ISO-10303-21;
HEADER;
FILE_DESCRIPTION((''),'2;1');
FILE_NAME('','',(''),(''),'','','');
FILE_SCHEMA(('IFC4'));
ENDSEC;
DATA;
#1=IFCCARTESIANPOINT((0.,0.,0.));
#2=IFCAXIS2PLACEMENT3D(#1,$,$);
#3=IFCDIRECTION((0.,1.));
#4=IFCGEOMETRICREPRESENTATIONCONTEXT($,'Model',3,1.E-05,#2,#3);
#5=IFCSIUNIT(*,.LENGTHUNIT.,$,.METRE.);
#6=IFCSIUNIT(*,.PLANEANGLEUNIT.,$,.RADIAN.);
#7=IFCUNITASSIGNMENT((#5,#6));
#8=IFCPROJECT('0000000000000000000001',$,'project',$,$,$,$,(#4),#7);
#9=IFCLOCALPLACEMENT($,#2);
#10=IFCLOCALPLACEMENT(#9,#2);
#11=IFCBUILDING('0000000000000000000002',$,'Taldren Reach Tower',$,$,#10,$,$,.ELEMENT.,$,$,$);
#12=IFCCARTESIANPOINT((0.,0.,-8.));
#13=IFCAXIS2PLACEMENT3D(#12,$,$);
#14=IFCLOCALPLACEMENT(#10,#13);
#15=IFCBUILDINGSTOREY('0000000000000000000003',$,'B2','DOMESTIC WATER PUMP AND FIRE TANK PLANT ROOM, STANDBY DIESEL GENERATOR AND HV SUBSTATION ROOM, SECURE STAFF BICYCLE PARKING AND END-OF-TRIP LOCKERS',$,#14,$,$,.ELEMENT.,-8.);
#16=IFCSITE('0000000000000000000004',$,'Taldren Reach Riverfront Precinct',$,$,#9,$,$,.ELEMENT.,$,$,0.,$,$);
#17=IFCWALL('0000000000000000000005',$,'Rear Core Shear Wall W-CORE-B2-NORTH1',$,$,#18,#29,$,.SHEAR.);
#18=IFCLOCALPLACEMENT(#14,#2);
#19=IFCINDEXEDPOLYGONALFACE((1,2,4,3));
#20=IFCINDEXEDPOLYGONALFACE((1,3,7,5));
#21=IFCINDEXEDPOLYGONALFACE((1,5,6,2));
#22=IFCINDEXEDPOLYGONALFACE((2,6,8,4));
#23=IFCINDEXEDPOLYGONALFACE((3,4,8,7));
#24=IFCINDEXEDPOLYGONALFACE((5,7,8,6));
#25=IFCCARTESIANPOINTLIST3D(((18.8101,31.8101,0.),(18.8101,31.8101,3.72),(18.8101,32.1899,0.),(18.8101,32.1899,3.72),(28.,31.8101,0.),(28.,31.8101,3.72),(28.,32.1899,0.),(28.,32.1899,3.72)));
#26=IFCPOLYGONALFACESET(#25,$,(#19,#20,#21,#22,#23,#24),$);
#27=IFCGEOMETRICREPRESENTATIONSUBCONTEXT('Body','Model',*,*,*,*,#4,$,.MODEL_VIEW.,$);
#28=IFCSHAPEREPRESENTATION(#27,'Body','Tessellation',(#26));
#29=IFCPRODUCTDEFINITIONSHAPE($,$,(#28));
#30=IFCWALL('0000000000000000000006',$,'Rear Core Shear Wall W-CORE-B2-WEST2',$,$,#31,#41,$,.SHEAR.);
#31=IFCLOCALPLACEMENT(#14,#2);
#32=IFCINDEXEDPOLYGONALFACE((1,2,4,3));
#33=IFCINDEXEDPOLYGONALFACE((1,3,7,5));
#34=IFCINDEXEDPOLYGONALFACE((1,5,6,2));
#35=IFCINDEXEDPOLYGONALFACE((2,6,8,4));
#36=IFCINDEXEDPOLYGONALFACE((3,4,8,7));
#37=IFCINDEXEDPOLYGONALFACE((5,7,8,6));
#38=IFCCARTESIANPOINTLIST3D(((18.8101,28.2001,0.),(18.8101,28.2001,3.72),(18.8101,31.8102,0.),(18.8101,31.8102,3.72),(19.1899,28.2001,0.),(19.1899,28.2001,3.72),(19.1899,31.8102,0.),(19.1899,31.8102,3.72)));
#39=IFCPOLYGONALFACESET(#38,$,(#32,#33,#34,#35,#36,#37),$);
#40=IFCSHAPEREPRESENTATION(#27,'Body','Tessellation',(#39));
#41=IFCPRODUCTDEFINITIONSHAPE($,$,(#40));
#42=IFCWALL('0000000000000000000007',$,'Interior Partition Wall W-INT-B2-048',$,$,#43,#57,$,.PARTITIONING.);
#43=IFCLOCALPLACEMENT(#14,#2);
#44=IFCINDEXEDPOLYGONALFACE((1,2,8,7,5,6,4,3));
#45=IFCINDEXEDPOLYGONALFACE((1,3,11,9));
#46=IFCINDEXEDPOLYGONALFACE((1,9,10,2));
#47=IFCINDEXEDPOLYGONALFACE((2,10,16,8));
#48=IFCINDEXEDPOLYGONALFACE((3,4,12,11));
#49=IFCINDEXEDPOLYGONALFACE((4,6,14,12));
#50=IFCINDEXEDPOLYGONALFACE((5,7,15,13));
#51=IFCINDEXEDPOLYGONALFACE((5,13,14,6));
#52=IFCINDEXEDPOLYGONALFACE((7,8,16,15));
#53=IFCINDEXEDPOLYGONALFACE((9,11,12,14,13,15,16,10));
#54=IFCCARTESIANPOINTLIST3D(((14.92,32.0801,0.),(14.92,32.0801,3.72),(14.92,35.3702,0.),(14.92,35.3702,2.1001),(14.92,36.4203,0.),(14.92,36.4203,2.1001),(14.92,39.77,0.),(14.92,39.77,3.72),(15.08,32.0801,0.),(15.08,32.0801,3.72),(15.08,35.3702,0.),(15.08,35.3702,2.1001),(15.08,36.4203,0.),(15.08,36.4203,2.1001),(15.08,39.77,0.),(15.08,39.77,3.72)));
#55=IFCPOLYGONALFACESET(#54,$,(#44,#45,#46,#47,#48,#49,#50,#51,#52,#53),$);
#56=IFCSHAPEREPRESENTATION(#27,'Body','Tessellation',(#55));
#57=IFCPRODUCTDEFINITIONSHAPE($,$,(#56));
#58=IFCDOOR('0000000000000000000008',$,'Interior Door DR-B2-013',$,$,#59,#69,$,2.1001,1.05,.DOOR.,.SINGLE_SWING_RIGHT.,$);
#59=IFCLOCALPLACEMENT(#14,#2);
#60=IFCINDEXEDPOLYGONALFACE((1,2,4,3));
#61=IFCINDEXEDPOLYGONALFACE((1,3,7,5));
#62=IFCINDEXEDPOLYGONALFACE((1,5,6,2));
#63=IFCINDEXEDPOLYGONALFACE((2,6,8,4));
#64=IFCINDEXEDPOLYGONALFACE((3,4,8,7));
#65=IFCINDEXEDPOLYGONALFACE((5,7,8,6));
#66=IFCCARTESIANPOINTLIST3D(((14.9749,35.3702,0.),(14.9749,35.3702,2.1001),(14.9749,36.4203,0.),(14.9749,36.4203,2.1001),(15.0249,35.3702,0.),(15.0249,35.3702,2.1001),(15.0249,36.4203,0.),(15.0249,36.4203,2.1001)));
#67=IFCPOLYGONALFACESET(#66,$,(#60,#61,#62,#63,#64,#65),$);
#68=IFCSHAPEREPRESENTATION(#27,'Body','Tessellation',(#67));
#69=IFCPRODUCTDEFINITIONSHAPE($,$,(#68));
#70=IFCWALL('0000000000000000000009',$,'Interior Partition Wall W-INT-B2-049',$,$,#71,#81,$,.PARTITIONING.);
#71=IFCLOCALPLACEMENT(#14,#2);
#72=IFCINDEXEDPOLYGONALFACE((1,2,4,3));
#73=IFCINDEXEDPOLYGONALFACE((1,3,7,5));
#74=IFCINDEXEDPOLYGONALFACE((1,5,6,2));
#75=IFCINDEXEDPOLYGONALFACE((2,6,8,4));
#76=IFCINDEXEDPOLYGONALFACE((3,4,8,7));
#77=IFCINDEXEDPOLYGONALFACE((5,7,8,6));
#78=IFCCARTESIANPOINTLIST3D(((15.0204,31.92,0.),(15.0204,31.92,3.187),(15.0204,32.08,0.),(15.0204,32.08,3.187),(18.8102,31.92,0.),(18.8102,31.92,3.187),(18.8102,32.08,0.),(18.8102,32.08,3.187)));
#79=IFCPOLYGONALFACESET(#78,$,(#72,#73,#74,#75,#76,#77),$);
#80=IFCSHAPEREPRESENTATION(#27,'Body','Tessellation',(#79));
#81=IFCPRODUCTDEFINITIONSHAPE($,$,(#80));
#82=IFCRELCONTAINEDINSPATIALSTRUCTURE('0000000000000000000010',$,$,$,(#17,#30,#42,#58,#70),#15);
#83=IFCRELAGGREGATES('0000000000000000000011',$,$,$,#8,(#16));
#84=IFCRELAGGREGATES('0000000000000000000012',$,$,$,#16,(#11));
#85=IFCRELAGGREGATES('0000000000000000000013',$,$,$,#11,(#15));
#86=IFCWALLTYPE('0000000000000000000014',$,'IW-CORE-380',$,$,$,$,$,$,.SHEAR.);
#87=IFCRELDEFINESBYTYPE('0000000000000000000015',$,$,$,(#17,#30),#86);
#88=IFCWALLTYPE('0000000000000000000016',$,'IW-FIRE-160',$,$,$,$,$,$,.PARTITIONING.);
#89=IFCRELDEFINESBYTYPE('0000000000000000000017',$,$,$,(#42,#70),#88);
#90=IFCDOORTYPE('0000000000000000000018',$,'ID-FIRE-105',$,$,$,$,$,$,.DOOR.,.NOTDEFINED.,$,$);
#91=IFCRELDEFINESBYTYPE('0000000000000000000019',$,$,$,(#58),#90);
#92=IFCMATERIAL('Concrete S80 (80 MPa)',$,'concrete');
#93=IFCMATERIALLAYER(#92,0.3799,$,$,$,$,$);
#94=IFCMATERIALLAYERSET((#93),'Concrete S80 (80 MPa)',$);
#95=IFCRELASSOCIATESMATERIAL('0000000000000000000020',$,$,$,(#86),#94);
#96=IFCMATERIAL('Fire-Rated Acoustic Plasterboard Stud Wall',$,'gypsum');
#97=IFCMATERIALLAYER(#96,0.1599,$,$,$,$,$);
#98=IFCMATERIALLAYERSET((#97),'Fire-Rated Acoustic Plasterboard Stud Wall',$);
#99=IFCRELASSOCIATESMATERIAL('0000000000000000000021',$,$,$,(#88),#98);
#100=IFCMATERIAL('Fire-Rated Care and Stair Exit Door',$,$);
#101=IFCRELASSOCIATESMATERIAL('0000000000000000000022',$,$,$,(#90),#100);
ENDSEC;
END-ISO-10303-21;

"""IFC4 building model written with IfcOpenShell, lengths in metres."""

from ifc_helpers import new_model, si_unit, direction, frame, frame_2d, origin, place, context, subcontext, project, spatial, rectangle, extrude, source, transform, mapped, material, layer, layer_set, type_object, element, fill, save


model = new_model("IFC4")

# Units and contexts
model_context = context("Model", 3, precision=1e-05, world=origin(), true_north=direction((0.0, 1.0)))
body_context = subcontext(model_context, "Body", "Model", "MODEL_VIEW")
ifc_project = project(units=[si_unit("LENGTHUNIT", "METRE"), si_unit("PLANEANGLEUNIT", "RADIAN")], contexts=[model_context])

# Site, building, storey
site_placement = place(None, origin())
site = spatial("IfcSite", under=ifc_project, at=site_placement, Name="Taldren Reach Riverfront Precinct", CompositionType="ELEMENT", RefElevation=0.0)
building_placement = place(site_placement, origin())
building = spatial("IfcBuilding", under=site, at=building_placement, Name="Taldren Reach Tower", CompositionType="ELEMENT")
storey_placement = place(building_placement, frame((0.0, 0.0, -8.0)))
storey = spatial("IfcBuildingStorey", under=building, at=storey_placement, Name="B2", Description="DOMESTIC WATER PUMP AND FIRE TANK PLANT ROOM, STANDBY DIESEL GENERATOR AND HV SUBSTATION ROOM, SECURE STAFF BICYCLE PARKING AND END-OF-TRIP LOCKERS", CompositionType="ELEMENT", Elevation=-8.0)

# Shared definitions
ifc_material_1 = material(Name="Concrete S80 (80 MPa)", Category="concrete")

# Walls
ifc_layer_1 = layer(ifc_material_1, 0.3799)
ifc_layer_set_1 = layer_set([ifc_layer_1], Name="Concrete S80 (80 MPa)")
wall_type_1 = type_object("IfcWallType", Name="IW-CORE-380", PredefinedType="SHEAR", material=ifc_layer_set_1)
shared_shape_1 = source(origin(), body_context, "Body", "SweptSolid", [
    extrude(rectangle(XDim=9.1899, YDim=0.3799, at=frame_2d((4.595, 0.0))), origin(), (0.0, 0.0, 1.0), 3.72),
])
wall_1_placement = place(storey_placement, frame((18.8101, 32.0, 0.0), z_axis=(0.0, 0.0, 1.0), x_axis=(1.0, 0.0, 0.0)))
element("IfcWall", 1, at=wall_1_placement, inside=storey, type_object=wall_type_1, Name="Rear Core Shear Wall W-CORE-B2-NORTH1", PredefinedType="SHEAR", context=body_context, shape_type="MappedRepresentation", body=[
    mapped(shared_shape_1, transform((0.0, 0.0, 0.0), scale=1.0)),
])
shared_shape_2 = source(origin(), body_context, "Body", "SweptSolid", [
    extrude(rectangle(XDim=3.6101, YDim=0.3799, at=frame_2d((1.8052, 0.0))), origin(), (0.0, 0.0, 1.0), 3.72),
])
wall_2_placement = place(storey_placement, frame((19.0, 28.2, 0.0), z_axis=(0.0, 0.0, 1.0), x_axis=(0.0, 1.0, 0.0)))
element("IfcWall", 2, at=wall_2_placement, inside=storey, type_object=wall_type_1, Name="Rear Core Shear Wall W-CORE-B2-WEST2", PredefinedType="SHEAR", context=body_context, shape_type="MappedRepresentation", body=[
    mapped(shared_shape_2, transform((0.0, 0.0, 0.0), scale=1.0)),
])

# Wall, opening, door
ifc_material_2 = material(Name="Fire-Rated Acoustic Plasterboard Stud Wall", Category="gypsum")
ifc_layer_2 = layer(ifc_material_2, 0.1599)
ifc_layer_set_2 = layer_set([ifc_layer_2], Name="Fire-Rated Acoustic Plasterboard Stud Wall")
wall_type_2 = type_object("IfcWallType", Name="IW-FIRE-160", PredefinedType="PARTITIONING", material=ifc_layer_set_2)
shared_shape_3 = source(origin(), body_context, "Body", "SweptSolid", [
    extrude(rectangle(XDim=7.6899, YDim=0.1599, at=frame_2d((3.845, 0.0))), origin(), (0.0, 0.0, 1.0), 3.72),
])
wall_3_placement = place(storey_placement, frame((15.0, 39.77, 0.0), z_axis=(0.0, 0.0, 1.0), x_axis=(0.0, -1.0, 0.0)))
wall_3 = element("IfcWall", 3, at=wall_3_placement, inside=storey, type_object=wall_type_2, Name="Interior Partition Wall W-INT-B2-048", PredefinedType="PARTITIONING", context=body_context, shape_type="MappedRepresentation", body=[
    mapped(shared_shape_3, transform((0.0, 0.0, 0.0), scale=1.0)),
])
shared_shape_4 = source(origin(), body_context, "Body", "SweptSolid", [
    extrude(rectangle(XDim=1.05, YDim=2.1001, at=frame_2d((0.5249, 1.05))), frame((0.0, 0.0898, 0.0), z_axis=(0.0, -1.0, 0.0), x_axis=(1.0, 0.0, 0.0)), (0.0, 0.0, 1.0), 0.1799),
])
opening_placement = place(wall_3_placement, frame((3.3499, 0.0, 0.0)))
opening = element("IfcOpeningElement", 4, at=opening_placement, cuts=wall_3, PredefinedType="OPENING", context=body_context, shape_type="MappedRepresentation", body=[
    mapped(shared_shape_4, transform((0.0, 0.0, 0.0), scale=1.0)),
])
ifc_material_3 = material(Name="Fire-Rated Care and Stair Exit Door")
door_type = type_object("IfcDoorType", Name="ID-FIRE-105", OperationType="NOTDEFINED", PredefinedType="DOOR", material=ifc_material_3)
shared_shape_5 = source(origin(), body_context, "Body", "SweptSolid", [
    extrude(rectangle(XDim=1.05, YDim=2.1001, at=frame_2d((0.5249, 1.05))), frame((0.0, 0.0249, 0.0), z_axis=(0.0, -1.0, 0.0), x_axis=(1.0, 0.0, 0.0)), (0.0, 0.0, 1.0), 0.05),
])
door_placement = place(opening_placement, origin())
door = element("IfcDoor", 5, at=door_placement, inside=storey, type_object=door_type, Name="Interior Door DR-B2-013", OperationType="SINGLE_SWING_RIGHT", OverallHeight=2.1001, OverallWidth=1.05, PredefinedType="DOOR", context=body_context, shape_type="MappedRepresentation", body=[
    mapped(shared_shape_5, transform((0.0, 0.0, 0.0), scale=1.0)),
])
fill(opening, door)

# Wall
shared_shape_6 = source(origin(), body_context, "Body", "SweptSolid", [
    extrude(rectangle(XDim=3.7898, YDim=0.1599, at=frame_2d((1.895, 0.0))), origin(), (0.0, 0.0, 1.0), 3.187),
])
wall_4_placement = place(storey_placement, frame((15.0203, 32.0, 0.0), z_axis=(0.0, 0.0, 1.0), x_axis=(1.0, 0.0, 0.0)))
element("IfcWall", 6, at=wall_4_placement, inside=storey, type_object=wall_type_2, Name="Interior Partition Wall W-INT-B2-049", PredefinedType="PARTITIONING", context=body_context, shape_type="MappedRepresentation", body=[
    mapped(shared_shape_6, transform((0.0, 0.0, 0.0), scale=1.0)),
])

save(model, "model.ifc")
